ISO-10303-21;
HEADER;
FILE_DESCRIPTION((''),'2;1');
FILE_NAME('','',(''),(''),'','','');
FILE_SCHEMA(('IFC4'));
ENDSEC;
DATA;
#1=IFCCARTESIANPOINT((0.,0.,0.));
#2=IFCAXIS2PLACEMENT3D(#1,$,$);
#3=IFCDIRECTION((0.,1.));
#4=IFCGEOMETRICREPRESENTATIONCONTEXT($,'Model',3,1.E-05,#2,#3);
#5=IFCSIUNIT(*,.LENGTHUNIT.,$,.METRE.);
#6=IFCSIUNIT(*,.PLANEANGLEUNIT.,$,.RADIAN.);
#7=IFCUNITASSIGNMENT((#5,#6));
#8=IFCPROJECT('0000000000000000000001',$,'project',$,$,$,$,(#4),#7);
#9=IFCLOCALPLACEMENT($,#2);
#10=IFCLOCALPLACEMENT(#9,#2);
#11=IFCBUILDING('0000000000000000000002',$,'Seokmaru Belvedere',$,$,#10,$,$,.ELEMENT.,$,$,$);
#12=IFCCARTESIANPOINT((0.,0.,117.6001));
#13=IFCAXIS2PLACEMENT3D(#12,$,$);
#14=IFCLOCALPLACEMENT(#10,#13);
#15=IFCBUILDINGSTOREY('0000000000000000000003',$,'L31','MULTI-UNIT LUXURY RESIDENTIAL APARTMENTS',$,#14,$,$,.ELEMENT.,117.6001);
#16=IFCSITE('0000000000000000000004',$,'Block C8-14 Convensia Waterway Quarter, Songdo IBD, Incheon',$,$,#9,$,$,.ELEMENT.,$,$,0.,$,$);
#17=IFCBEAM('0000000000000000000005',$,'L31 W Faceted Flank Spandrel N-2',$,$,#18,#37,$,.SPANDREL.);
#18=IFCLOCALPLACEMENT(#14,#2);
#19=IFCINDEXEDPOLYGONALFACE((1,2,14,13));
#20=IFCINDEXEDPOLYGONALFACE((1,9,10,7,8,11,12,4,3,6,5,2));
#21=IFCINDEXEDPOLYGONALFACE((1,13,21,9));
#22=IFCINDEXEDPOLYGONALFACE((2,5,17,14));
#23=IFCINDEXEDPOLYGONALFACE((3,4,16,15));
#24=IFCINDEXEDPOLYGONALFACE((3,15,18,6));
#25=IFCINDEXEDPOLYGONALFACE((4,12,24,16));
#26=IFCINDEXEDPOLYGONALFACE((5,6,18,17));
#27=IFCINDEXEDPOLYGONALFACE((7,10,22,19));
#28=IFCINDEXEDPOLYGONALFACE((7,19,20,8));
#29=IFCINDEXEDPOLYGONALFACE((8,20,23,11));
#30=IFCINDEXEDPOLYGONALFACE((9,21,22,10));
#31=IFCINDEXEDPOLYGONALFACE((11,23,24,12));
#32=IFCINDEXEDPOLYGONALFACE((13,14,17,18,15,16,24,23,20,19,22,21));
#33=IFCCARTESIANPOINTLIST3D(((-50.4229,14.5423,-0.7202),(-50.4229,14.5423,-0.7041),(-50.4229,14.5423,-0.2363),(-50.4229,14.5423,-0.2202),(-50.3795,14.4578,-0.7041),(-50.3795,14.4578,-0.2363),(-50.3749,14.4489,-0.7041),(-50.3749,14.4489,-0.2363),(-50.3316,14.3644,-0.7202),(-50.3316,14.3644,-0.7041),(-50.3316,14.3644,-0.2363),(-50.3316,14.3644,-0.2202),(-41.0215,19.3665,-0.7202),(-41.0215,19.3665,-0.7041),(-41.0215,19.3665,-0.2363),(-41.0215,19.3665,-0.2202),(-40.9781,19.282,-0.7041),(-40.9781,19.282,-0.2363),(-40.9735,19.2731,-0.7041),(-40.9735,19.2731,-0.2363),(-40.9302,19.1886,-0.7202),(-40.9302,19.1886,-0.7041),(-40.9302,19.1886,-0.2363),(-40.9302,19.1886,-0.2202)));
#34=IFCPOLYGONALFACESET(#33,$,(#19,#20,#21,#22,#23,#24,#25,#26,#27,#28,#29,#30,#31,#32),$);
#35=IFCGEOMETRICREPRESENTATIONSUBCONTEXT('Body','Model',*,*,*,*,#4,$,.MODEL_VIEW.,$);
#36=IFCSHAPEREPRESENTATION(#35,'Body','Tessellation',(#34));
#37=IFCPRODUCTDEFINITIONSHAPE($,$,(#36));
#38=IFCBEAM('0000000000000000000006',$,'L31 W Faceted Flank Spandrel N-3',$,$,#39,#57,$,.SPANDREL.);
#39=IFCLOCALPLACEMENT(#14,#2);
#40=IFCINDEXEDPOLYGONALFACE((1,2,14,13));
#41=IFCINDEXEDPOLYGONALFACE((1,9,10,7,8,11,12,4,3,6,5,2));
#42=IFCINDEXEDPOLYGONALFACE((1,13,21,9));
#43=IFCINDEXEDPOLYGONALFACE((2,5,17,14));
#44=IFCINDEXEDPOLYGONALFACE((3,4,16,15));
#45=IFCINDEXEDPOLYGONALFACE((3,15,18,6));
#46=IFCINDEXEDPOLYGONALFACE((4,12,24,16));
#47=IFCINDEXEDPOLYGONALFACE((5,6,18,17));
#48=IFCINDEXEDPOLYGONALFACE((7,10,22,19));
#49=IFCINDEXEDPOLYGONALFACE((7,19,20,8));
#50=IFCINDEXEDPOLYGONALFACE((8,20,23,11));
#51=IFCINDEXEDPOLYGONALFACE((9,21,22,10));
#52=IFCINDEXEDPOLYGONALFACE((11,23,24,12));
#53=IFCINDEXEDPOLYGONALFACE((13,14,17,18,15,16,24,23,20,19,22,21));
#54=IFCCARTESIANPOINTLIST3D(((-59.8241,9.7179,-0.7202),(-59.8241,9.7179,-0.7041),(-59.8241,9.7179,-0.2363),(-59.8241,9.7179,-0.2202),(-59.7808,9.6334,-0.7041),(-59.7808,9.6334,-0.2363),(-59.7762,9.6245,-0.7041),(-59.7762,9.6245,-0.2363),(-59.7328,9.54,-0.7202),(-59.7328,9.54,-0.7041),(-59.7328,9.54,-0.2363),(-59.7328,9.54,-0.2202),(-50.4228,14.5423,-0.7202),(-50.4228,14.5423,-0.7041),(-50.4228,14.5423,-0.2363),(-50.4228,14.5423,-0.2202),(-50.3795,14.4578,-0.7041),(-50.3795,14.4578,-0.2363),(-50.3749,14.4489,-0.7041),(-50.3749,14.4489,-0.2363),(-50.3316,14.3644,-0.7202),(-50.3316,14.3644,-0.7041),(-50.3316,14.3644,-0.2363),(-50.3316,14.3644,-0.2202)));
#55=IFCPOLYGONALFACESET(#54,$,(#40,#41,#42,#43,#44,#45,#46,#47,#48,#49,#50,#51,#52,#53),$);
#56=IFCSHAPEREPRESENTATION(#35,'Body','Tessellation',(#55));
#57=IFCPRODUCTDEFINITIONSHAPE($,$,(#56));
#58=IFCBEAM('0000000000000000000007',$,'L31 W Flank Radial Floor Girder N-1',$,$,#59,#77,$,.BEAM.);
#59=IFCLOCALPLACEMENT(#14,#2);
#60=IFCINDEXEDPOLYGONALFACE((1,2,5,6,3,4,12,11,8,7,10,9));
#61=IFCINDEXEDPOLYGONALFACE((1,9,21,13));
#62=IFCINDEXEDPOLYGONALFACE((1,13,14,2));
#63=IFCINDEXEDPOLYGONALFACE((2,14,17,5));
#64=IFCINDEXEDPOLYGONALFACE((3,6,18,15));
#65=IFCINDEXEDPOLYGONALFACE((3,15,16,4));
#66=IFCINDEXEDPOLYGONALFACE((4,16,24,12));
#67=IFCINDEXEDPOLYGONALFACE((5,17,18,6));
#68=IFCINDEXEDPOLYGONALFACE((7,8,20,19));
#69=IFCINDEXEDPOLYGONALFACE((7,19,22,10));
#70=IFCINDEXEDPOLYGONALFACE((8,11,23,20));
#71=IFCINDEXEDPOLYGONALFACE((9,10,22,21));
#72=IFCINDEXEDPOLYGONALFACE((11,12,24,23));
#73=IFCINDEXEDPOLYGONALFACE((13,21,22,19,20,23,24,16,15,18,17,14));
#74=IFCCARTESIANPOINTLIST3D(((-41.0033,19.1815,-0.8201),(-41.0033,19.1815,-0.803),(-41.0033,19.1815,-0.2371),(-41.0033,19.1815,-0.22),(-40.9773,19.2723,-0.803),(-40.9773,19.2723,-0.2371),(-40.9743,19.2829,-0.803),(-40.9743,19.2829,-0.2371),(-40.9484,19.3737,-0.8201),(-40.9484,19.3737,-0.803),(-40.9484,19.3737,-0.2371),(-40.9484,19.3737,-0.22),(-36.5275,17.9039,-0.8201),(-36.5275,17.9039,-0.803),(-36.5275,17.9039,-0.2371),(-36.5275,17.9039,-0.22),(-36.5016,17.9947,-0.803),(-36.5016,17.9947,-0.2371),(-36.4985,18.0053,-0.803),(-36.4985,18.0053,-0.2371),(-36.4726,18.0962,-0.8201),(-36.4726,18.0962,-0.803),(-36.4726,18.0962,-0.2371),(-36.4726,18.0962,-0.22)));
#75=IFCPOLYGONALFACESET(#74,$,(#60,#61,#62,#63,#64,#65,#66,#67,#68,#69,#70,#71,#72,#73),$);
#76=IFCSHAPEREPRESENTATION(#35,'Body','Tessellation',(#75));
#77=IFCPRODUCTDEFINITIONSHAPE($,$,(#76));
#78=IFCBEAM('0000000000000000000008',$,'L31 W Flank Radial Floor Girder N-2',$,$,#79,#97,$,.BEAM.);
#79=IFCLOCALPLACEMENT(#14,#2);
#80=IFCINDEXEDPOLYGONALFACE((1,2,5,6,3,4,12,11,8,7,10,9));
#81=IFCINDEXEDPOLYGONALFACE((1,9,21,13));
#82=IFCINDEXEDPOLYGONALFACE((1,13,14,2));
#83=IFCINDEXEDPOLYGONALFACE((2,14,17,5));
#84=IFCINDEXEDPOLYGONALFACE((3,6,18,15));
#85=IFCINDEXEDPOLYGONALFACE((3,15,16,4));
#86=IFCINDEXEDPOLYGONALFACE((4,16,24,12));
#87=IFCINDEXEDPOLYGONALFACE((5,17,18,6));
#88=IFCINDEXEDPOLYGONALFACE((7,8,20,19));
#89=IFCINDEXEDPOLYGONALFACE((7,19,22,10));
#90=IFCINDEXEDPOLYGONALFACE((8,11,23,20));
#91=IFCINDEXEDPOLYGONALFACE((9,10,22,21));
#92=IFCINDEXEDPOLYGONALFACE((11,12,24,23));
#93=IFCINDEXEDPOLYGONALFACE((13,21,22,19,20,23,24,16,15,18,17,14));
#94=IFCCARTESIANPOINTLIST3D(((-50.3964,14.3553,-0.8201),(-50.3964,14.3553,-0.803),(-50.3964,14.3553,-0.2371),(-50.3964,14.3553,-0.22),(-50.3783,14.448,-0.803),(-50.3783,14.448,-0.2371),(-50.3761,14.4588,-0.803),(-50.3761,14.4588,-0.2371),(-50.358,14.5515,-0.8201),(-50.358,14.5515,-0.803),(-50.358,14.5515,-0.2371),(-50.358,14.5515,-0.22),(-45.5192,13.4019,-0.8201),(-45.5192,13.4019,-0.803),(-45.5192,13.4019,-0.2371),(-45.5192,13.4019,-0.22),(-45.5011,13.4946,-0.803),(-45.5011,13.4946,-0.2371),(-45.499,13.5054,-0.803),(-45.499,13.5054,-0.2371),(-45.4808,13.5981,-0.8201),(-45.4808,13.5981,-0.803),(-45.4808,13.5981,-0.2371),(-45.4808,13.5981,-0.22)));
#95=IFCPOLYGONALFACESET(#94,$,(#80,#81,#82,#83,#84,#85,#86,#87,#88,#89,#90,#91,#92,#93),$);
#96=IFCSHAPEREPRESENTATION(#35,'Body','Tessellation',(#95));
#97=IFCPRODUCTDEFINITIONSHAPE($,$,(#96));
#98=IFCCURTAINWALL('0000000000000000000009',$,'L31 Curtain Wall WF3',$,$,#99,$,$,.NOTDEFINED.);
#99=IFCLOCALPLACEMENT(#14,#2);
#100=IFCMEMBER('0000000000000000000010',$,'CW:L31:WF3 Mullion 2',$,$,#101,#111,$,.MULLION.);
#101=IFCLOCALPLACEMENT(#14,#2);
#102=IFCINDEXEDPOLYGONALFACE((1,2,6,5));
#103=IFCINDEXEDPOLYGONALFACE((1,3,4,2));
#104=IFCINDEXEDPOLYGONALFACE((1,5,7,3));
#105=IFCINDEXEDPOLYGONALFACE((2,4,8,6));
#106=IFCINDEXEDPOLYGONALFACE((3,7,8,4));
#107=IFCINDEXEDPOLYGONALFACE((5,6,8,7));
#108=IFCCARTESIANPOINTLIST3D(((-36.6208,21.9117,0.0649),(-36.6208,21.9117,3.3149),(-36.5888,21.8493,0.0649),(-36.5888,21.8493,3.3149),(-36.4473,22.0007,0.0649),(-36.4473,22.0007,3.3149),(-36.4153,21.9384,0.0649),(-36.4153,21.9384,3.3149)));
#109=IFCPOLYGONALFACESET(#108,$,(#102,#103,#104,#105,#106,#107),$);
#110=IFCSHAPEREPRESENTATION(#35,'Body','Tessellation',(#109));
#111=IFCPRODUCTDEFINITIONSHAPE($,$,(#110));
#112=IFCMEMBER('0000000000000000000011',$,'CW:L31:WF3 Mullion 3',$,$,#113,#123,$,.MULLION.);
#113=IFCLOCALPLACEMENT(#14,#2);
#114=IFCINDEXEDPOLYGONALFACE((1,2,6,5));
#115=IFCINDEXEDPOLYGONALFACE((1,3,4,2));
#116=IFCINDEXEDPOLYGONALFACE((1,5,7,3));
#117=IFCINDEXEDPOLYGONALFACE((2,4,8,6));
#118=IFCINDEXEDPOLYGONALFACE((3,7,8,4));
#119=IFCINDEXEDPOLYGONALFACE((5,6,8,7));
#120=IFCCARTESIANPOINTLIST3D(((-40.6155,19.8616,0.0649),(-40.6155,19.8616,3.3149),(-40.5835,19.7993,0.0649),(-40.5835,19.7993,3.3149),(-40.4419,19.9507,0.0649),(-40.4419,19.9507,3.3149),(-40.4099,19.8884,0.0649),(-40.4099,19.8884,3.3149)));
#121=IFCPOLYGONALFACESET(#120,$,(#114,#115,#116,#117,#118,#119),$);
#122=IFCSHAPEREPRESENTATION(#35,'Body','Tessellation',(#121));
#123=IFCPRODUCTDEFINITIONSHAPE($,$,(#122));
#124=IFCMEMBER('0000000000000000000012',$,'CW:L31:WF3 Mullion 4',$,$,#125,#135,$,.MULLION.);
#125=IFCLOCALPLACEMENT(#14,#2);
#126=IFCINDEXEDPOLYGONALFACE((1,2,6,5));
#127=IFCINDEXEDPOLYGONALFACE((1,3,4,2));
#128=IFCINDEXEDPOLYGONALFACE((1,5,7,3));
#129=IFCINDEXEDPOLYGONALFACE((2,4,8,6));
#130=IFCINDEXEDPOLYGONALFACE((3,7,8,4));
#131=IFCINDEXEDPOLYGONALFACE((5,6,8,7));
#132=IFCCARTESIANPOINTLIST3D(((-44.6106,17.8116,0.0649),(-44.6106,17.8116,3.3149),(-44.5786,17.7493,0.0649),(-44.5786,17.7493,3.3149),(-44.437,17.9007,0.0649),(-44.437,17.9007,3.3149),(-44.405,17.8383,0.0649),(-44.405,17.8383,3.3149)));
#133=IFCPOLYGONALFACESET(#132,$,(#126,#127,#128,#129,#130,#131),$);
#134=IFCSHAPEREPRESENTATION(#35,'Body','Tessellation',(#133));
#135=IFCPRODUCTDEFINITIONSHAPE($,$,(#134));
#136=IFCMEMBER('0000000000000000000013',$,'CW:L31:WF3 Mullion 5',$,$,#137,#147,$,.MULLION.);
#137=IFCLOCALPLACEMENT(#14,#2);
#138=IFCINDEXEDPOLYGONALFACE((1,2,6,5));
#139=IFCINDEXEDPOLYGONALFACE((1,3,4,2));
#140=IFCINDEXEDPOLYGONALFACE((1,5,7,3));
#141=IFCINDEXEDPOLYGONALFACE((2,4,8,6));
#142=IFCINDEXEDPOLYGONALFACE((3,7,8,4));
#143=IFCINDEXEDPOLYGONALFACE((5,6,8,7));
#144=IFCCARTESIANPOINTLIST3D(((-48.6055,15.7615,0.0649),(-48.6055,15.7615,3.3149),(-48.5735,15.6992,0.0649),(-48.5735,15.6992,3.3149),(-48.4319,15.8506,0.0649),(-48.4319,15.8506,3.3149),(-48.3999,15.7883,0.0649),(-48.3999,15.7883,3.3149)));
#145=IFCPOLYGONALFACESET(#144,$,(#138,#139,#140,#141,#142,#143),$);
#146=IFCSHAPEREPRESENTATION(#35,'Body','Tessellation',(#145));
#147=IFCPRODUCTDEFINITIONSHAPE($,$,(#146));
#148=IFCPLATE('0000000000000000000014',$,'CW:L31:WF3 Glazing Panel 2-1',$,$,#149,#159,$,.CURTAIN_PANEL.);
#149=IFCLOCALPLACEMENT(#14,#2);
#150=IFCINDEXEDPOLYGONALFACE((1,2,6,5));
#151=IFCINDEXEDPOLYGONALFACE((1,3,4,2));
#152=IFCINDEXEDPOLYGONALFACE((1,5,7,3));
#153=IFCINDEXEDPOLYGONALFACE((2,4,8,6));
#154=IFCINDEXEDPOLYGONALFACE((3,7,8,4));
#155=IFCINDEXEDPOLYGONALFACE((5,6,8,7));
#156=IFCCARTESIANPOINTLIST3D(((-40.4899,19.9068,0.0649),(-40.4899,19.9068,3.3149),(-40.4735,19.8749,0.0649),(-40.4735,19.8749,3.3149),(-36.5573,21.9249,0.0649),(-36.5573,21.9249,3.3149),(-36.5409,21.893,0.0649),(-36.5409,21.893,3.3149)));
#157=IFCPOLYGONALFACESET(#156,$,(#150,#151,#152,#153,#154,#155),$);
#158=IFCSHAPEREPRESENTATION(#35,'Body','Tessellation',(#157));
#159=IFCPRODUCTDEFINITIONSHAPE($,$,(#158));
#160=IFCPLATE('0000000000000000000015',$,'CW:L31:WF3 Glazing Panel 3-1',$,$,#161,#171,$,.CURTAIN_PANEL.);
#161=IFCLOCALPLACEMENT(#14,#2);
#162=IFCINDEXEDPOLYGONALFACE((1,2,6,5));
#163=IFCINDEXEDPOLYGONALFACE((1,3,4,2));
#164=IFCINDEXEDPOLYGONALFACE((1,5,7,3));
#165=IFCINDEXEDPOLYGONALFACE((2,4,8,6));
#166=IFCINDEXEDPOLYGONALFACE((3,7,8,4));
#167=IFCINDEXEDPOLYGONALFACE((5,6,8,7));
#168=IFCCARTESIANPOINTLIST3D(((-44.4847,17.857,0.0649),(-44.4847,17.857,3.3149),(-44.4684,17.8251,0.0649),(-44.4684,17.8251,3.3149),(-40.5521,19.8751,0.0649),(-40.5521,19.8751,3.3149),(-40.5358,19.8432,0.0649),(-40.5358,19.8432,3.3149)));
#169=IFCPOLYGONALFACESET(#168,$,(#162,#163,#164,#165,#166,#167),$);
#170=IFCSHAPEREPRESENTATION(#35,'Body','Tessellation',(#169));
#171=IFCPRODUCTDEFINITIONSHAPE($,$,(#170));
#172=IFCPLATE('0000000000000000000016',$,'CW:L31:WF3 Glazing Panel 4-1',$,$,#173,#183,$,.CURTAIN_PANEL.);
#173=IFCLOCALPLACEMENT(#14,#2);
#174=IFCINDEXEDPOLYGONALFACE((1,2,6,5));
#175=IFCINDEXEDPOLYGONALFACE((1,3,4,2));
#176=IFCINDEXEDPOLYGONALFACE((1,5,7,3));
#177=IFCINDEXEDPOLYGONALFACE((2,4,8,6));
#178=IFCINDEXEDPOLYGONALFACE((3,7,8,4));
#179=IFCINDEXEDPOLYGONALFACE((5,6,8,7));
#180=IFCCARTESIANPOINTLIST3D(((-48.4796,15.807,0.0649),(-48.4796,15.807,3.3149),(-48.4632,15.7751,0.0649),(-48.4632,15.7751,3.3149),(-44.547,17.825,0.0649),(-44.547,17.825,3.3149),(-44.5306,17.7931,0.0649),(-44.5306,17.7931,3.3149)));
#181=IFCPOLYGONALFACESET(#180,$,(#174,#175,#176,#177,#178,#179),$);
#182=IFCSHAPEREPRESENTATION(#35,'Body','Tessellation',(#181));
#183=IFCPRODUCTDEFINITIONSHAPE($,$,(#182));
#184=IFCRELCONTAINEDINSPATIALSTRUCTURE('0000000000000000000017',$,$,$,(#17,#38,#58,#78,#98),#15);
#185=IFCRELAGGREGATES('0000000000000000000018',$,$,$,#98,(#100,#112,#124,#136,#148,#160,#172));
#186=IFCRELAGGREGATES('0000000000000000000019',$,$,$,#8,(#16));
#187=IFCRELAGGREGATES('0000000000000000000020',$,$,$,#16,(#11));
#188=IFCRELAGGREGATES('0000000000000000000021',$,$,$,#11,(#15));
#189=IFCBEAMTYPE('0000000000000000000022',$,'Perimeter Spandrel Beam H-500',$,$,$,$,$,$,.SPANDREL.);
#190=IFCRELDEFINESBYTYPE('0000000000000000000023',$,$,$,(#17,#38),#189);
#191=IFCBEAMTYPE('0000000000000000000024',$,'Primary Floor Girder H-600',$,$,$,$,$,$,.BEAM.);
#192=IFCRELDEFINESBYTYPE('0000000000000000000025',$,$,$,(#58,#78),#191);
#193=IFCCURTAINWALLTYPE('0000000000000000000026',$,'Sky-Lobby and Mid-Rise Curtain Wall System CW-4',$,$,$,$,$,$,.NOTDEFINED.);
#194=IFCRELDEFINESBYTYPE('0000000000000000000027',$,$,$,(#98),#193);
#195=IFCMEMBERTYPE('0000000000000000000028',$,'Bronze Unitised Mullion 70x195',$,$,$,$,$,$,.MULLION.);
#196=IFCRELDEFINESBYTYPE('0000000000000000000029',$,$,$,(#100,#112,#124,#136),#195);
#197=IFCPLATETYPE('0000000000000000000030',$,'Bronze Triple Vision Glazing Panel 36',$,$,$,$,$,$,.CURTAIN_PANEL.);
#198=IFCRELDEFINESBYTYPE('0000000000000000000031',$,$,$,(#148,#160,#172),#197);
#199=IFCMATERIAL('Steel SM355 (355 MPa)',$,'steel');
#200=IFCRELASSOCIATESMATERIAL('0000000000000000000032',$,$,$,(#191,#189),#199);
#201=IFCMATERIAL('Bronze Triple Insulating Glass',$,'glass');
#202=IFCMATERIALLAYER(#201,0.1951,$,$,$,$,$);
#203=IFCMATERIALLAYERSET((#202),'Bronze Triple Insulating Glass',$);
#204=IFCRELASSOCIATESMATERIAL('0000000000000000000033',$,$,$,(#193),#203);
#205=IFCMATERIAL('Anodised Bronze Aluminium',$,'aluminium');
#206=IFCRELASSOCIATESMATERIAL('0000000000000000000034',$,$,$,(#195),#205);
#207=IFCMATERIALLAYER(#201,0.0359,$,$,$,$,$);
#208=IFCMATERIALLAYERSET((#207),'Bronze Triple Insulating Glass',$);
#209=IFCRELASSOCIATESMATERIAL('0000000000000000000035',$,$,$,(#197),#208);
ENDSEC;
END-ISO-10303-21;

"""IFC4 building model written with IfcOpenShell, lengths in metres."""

from ifc_helpers import new_model, si_unit, direction, frame, origin, origin_2d, place, context, subcontext, project, spatial, rectangle, i_section, extrude, source, transform, mapped, material, layer, layer_set, material_profile, profile_set, type_object, type_shapes, element, aggregate, save


model = new_model("IFC4")

# Units and contexts
model_context = context("Model", 3, precision=1e-05, world=origin(), true_north=direction((0.0, 1.0)))
body_context = subcontext(model_context, "Body", "Model", "MODEL_VIEW")
ifc_project = project(units=[si_unit("LENGTHUNIT", "METRE"), si_unit("PLANEANGLEUNIT", "RADIAN")], contexts=[model_context])

# Site, building, storey
site_placement = place(None, origin())
site = spatial("IfcSite", under=ifc_project, at=site_placement, Name="Block C8-14 Convensia Waterway Quarter, Songdo IBD, Incheon", CompositionType="ELEMENT", RefElevation=0.0)
building_placement = place(site_placement, origin())
building = spatial("IfcBuilding", under=site, at=building_placement, Name="Seokmaru Belvedere", CompositionType="ELEMENT")
storey_placement = place(building_placement, frame((0.0, 0.0, 117.6001)))
storey = spatial("IfcBuildingStorey", under=building, at=storey_placement, Name="L31", Description="MULTI-UNIT LUXURY RESIDENTIAL APARTMENTS", CompositionType="ELEMENT", Elevation=117.6001)

# Shared definitions
ifc_material_1 = material(Name="Steel SM355 (355 MPa)", Category="steel")

# Beams
ifc_material_profile_1 = material_profile(ifc_material_1, i_section(OverallWidth=0.2, OverallDepth=0.6001, WebThickness=0.011, FlangeThickness=0.0171, at=origin_2d()), Name="H-600x200x11x17")
ifc_profile_set_1 = profile_set([ifc_material_profile_1], Name="Steel SM355 (355 MPa)")
beam_type_1 = type_object("IfcBeamType", Name="Primary Floor Girder H-600", PredefinedType="BEAM", material=ifc_profile_set_1)
ifc_material_profile_2 = material_profile(ifc_material_1, i_section(OverallWidth=0.2, OverallDepth=0.5, WebThickness=0.01, FlangeThickness=0.0161, at=origin_2d()), Name="H-500x200x10x16")
ifc_profile_set_2 = profile_set([ifc_material_profile_2], Name="Steel SM355 (355 MPa)")
beam_type_2 = type_object("IfcBeamType", Name="Perimeter Spandrel Beam H-500", PredefinedType="SPANDREL", material=ifc_profile_set_2)
shared_shape_1 = source(origin(), body_context, "Body", "SweptSolid", [
    extrude(i_section(OverallWidth=0.2, OverallDepth=0.5, WebThickness=0.01, FlangeThickness=0.0161, at=origin_2d()), origin(), (0.0, 0.0, 1.0), 10.5669),
])
type_shapes(beam_type_2, [shared_shape_1])
for number, where, z_axis, x_axis, name in (
    (1, (-40.9758, 19.2776, -0.4702), (-0.889702, -0.456542, 0.0), (0.456542, -0.889702, 0.0), "L31 W Faceted Flank Spandrel N-2"),
    (2, (-50.3772, 14.4534, -0.4702), (-0.889693, -0.45656, 0.0), (0.45656, -0.889693, 0.0), "L31 W Faceted Flank Spandrel N-3"),
):
    element("IfcBeam", number, at=place(storey_placement, frame(where, z_axis=z_axis, x_axis=x_axis)), inside=storey, type_object=beam_type_2, Name=name, PredefinedType="SPANDREL", context=body_context, shape_type="MappedRepresentation", body=[
        mapped(shared_shape_1, transform((0.0, 0.0, 0.0), scale=1.0)),
    ])
shared_shape_2 = source(origin(), body_context, "Body", "SweptSolid", [
    extrude(i_section(OverallWidth=0.2, OverallDepth=0.6001, WebThickness=0.011, FlangeThickness=0.0171, at=origin_2d()), origin(), (0.0, 0.0, 1.0), 4.6545),
])
beam_1_placement = place(storey_placement, frame((-40.9758, 19.2776, -0.52), z_axis=(0.961593, -0.274479, 0.0), x_axis=(0.274479, 0.961593, 0.0)))
element("IfcBeam", 3, at=beam_1_placement, inside=storey, type_object=beam_type_1, Name="L31 W Flank Radial Floor Girder N-1", PredefinedType="BEAM", context=body_context, shape_type="MappedRepresentation", body=[
    mapped(shared_shape_2, transform((0.0, 0.0, 0.0), scale=1.0)),
])
shared_shape_3 = source(origin(), body_context, "Body", "SweptSolid", [
    extrude(i_section(OverallWidth=0.2, OverallDepth=0.6001, WebThickness=0.011, FlangeThickness=0.0171, at=origin_2d()), origin(), (0.0, 0.0, 1.0), 4.9695),
])
beam_2_placement = place(storey_placement, frame((-50.3772, 14.4534, -0.52), z_axis=(0.981425, -0.191844, 0.0), x_axis=(0.191844, 0.981425, 0.0)))
element("IfcBeam", 4, at=beam_2_placement, inside=storey, type_object=beam_type_1, Name="L31 W Flank Radial Floor Girder N-2", PredefinedType="BEAM", context=body_context, shape_type="MappedRepresentation", body=[
    mapped(shared_shape_3, transform((0.0, 0.0, 0.0), scale=1.0)),
])

# Curtain wall, members, plates
ifc_material_2 = material(Name="Bronze Triple Insulating Glass", Category="glass")
ifc_layer_1 = layer(ifc_material_2, 0.1951)
ifc_layer_set_1 = layer_set([ifc_layer_1], Name="Bronze Triple Insulating Glass")
curtain_wall_type = type_object("IfcCurtainWallType", Name="Sky-Lobby and Mid-Rise Curtain Wall System CW-4", PredefinedType="NOTDEFINED", material=ifc_layer_set_1)
curtain_wall_placement = place(storey_placement, origin())
curtain_wall = element("IfcCurtainWall", 5, at=curtain_wall_placement, inside=storey, type_object=curtain_wall_type, Name="L31 Curtain Wall WF3", PredefinedType="NOTDEFINED")
ifc_material_3 = material(Name="Anodised Bronze Aluminium", Category="aluminium")
ifc_material_profile_3 = material_profile(ifc_material_3, rectangle(XDim=0.0701, YDim=0.1951, at=origin_2d()), Name="CW-M-70x195")
ifc_profile_set_3 = profile_set([ifc_material_profile_3], Name="Anodised Bronze Aluminium")
member_type = type_object("IfcMemberType", Name="Bronze Unitised Mullion 70x195", PredefinedType="MULLION", material=ifc_profile_set_3)
shared_shape_4 = source(origin(), body_context, "Body", "SweptSolid", [
    extrude(rectangle(XDim=0.0701, YDim=0.1951, at=origin_2d()), origin(), (0.0, 0.0, 1.0), 3.25),
])
type_shapes(member_type, [shared_shape_4])
member_1_placement = place(storey_placement, frame((-36.5181, 21.925, 0.0649), z_axis=(0.0, 0.0, 1.0), x_axis=(0.456555, -0.889695, 0.0)))
member_1 = element("IfcMember", 6, at=member_1_placement, type_object=member_type, Name="CW:L31:WF3 Mullion 2", PredefinedType="MULLION", context=body_context, shape_type="MappedRepresentation", body=[
    mapped(shared_shape_4, transform((0.0, 0.0, 0.0), scale=1.0)),
])
member_2_placement = place(storey_placement, frame((-40.5127, 19.875, 0.0649), z_axis=(0.0, 0.0, 1.0), x_axis=(0.456555, -0.889695, 0.0)))
member_2 = element("IfcMember", 7, at=member_2_placement, type_object=member_type, Name="CW:L31:WF3 Mullion 3", PredefinedType="MULLION", context=body_context, shape_type="MappedRepresentation", body=[
    mapped(shared_shape_4, transform((0.0, 0.0, 0.0), scale=1.0)),
])
member_3_placement = place(storey_placement, frame((-44.5078, 17.825, 0.0649), z_axis=(0.0, 0.0, 1.0), x_axis=(0.456555, -0.889695, 0.0)))
member_3 = element("IfcMember", 8, at=member_3_placement, type_object=member_type, Name="CW:L31:WF3 Mullion 4", PredefinedType="MULLION", context=body_context, shape_type="MappedRepresentation", body=[
    mapped(shared_shape_4, transform((0.0, 0.0, 0.0), scale=1.0)),
])
member_4_placement = place(storey_placement, frame((-48.5027, 15.7749, 0.0649), z_axis=(0.0, 0.0, 1.0), x_axis=(0.456555, -0.889695, 0.0)))
member_4 = element("IfcMember", 9, at=member_4_placement, type_object=member_type, Name="CW:L31:WF3 Mullion 5", PredefinedType="MULLION", context=body_context, shape_type="MappedRepresentation", body=[
    mapped(shared_shape_4, transform((0.0, 0.0, 0.0), scale=1.0)),
])
ifc_layer_2 = layer(ifc_material_2, 0.0359)
ifc_layer_set_2 = layer_set([ifc_layer_2], Name="Bronze Triple Insulating Glass")
plate_type = type_object("IfcPlateType", Name="Bronze Triple Vision Glazing Panel 36", PredefinedType="CURTAIN_PANEL", material=ifc_layer_set_2)
shared_shape_5 = source(origin(), body_context, "Body", "SweptSolid", [
    extrude(rectangle(XDim=4.4202, YDim=0.0359, at=origin_2d()), origin(), (0.0, 0.0, 1.0), 3.25),
])
type_shapes(plate_type, [shared_shape_5])
plate_1_placement = place(storey_placement, frame((-38.5154, 20.8999, 0.0649), z_axis=(0.0, 0.0, 1.0), x_axis=(-0.889695, -0.456555, 0.0)))
plate_1 = element("IfcPlate", 10, at=plate_1_placement, type_object=plate_type, Name="CW:L31:WF3 Glazing Panel 2-1", PredefinedType="CURTAIN_PANEL", context=body_context, shape_type="MappedRepresentation", body=[
    mapped(shared_shape_5, transform((0.0, 0.0, 0.0), scale=1.0)),
])
plate_2_placement = place(storey_placement, frame((-42.5103, 18.8501, 0.0649), z_axis=(0.0, 0.0, 1.0), x_axis=(-0.889695, -0.456555, 0.0)))
plate_2 = element("IfcPlate", 11, at=plate_2_placement, type_object=plate_type, Name="CW:L31:WF3 Glazing Panel 3-1", PredefinedType="CURTAIN_PANEL", context=body_context, shape_type="MappedRepresentation", body=[
    mapped(shared_shape_5, transform((0.0, 0.0, 0.0), scale=1.0)),
])
plate_3_placement = place(storey_placement, frame((-46.5051, 16.8, 0.0649), z_axis=(0.0, 0.0, 1.0), x_axis=(-0.889695, -0.456555, 0.0)))
plate_3 = element("IfcPlate", 12, at=plate_3_placement, type_object=plate_type, Name="CW:L31:WF3 Glazing Panel 4-1", PredefinedType="CURTAIN_PANEL", context=body_context, shape_type="MappedRepresentation", body=[
    mapped(shared_shape_5, transform((0.0, 0.0, 0.0), scale=1.0)),
])
aggregate(curtain_wall, [member_1, member_2, member_3, member_4, plate_1, plate_2, plate_3])

save(model, "model.ifc")
